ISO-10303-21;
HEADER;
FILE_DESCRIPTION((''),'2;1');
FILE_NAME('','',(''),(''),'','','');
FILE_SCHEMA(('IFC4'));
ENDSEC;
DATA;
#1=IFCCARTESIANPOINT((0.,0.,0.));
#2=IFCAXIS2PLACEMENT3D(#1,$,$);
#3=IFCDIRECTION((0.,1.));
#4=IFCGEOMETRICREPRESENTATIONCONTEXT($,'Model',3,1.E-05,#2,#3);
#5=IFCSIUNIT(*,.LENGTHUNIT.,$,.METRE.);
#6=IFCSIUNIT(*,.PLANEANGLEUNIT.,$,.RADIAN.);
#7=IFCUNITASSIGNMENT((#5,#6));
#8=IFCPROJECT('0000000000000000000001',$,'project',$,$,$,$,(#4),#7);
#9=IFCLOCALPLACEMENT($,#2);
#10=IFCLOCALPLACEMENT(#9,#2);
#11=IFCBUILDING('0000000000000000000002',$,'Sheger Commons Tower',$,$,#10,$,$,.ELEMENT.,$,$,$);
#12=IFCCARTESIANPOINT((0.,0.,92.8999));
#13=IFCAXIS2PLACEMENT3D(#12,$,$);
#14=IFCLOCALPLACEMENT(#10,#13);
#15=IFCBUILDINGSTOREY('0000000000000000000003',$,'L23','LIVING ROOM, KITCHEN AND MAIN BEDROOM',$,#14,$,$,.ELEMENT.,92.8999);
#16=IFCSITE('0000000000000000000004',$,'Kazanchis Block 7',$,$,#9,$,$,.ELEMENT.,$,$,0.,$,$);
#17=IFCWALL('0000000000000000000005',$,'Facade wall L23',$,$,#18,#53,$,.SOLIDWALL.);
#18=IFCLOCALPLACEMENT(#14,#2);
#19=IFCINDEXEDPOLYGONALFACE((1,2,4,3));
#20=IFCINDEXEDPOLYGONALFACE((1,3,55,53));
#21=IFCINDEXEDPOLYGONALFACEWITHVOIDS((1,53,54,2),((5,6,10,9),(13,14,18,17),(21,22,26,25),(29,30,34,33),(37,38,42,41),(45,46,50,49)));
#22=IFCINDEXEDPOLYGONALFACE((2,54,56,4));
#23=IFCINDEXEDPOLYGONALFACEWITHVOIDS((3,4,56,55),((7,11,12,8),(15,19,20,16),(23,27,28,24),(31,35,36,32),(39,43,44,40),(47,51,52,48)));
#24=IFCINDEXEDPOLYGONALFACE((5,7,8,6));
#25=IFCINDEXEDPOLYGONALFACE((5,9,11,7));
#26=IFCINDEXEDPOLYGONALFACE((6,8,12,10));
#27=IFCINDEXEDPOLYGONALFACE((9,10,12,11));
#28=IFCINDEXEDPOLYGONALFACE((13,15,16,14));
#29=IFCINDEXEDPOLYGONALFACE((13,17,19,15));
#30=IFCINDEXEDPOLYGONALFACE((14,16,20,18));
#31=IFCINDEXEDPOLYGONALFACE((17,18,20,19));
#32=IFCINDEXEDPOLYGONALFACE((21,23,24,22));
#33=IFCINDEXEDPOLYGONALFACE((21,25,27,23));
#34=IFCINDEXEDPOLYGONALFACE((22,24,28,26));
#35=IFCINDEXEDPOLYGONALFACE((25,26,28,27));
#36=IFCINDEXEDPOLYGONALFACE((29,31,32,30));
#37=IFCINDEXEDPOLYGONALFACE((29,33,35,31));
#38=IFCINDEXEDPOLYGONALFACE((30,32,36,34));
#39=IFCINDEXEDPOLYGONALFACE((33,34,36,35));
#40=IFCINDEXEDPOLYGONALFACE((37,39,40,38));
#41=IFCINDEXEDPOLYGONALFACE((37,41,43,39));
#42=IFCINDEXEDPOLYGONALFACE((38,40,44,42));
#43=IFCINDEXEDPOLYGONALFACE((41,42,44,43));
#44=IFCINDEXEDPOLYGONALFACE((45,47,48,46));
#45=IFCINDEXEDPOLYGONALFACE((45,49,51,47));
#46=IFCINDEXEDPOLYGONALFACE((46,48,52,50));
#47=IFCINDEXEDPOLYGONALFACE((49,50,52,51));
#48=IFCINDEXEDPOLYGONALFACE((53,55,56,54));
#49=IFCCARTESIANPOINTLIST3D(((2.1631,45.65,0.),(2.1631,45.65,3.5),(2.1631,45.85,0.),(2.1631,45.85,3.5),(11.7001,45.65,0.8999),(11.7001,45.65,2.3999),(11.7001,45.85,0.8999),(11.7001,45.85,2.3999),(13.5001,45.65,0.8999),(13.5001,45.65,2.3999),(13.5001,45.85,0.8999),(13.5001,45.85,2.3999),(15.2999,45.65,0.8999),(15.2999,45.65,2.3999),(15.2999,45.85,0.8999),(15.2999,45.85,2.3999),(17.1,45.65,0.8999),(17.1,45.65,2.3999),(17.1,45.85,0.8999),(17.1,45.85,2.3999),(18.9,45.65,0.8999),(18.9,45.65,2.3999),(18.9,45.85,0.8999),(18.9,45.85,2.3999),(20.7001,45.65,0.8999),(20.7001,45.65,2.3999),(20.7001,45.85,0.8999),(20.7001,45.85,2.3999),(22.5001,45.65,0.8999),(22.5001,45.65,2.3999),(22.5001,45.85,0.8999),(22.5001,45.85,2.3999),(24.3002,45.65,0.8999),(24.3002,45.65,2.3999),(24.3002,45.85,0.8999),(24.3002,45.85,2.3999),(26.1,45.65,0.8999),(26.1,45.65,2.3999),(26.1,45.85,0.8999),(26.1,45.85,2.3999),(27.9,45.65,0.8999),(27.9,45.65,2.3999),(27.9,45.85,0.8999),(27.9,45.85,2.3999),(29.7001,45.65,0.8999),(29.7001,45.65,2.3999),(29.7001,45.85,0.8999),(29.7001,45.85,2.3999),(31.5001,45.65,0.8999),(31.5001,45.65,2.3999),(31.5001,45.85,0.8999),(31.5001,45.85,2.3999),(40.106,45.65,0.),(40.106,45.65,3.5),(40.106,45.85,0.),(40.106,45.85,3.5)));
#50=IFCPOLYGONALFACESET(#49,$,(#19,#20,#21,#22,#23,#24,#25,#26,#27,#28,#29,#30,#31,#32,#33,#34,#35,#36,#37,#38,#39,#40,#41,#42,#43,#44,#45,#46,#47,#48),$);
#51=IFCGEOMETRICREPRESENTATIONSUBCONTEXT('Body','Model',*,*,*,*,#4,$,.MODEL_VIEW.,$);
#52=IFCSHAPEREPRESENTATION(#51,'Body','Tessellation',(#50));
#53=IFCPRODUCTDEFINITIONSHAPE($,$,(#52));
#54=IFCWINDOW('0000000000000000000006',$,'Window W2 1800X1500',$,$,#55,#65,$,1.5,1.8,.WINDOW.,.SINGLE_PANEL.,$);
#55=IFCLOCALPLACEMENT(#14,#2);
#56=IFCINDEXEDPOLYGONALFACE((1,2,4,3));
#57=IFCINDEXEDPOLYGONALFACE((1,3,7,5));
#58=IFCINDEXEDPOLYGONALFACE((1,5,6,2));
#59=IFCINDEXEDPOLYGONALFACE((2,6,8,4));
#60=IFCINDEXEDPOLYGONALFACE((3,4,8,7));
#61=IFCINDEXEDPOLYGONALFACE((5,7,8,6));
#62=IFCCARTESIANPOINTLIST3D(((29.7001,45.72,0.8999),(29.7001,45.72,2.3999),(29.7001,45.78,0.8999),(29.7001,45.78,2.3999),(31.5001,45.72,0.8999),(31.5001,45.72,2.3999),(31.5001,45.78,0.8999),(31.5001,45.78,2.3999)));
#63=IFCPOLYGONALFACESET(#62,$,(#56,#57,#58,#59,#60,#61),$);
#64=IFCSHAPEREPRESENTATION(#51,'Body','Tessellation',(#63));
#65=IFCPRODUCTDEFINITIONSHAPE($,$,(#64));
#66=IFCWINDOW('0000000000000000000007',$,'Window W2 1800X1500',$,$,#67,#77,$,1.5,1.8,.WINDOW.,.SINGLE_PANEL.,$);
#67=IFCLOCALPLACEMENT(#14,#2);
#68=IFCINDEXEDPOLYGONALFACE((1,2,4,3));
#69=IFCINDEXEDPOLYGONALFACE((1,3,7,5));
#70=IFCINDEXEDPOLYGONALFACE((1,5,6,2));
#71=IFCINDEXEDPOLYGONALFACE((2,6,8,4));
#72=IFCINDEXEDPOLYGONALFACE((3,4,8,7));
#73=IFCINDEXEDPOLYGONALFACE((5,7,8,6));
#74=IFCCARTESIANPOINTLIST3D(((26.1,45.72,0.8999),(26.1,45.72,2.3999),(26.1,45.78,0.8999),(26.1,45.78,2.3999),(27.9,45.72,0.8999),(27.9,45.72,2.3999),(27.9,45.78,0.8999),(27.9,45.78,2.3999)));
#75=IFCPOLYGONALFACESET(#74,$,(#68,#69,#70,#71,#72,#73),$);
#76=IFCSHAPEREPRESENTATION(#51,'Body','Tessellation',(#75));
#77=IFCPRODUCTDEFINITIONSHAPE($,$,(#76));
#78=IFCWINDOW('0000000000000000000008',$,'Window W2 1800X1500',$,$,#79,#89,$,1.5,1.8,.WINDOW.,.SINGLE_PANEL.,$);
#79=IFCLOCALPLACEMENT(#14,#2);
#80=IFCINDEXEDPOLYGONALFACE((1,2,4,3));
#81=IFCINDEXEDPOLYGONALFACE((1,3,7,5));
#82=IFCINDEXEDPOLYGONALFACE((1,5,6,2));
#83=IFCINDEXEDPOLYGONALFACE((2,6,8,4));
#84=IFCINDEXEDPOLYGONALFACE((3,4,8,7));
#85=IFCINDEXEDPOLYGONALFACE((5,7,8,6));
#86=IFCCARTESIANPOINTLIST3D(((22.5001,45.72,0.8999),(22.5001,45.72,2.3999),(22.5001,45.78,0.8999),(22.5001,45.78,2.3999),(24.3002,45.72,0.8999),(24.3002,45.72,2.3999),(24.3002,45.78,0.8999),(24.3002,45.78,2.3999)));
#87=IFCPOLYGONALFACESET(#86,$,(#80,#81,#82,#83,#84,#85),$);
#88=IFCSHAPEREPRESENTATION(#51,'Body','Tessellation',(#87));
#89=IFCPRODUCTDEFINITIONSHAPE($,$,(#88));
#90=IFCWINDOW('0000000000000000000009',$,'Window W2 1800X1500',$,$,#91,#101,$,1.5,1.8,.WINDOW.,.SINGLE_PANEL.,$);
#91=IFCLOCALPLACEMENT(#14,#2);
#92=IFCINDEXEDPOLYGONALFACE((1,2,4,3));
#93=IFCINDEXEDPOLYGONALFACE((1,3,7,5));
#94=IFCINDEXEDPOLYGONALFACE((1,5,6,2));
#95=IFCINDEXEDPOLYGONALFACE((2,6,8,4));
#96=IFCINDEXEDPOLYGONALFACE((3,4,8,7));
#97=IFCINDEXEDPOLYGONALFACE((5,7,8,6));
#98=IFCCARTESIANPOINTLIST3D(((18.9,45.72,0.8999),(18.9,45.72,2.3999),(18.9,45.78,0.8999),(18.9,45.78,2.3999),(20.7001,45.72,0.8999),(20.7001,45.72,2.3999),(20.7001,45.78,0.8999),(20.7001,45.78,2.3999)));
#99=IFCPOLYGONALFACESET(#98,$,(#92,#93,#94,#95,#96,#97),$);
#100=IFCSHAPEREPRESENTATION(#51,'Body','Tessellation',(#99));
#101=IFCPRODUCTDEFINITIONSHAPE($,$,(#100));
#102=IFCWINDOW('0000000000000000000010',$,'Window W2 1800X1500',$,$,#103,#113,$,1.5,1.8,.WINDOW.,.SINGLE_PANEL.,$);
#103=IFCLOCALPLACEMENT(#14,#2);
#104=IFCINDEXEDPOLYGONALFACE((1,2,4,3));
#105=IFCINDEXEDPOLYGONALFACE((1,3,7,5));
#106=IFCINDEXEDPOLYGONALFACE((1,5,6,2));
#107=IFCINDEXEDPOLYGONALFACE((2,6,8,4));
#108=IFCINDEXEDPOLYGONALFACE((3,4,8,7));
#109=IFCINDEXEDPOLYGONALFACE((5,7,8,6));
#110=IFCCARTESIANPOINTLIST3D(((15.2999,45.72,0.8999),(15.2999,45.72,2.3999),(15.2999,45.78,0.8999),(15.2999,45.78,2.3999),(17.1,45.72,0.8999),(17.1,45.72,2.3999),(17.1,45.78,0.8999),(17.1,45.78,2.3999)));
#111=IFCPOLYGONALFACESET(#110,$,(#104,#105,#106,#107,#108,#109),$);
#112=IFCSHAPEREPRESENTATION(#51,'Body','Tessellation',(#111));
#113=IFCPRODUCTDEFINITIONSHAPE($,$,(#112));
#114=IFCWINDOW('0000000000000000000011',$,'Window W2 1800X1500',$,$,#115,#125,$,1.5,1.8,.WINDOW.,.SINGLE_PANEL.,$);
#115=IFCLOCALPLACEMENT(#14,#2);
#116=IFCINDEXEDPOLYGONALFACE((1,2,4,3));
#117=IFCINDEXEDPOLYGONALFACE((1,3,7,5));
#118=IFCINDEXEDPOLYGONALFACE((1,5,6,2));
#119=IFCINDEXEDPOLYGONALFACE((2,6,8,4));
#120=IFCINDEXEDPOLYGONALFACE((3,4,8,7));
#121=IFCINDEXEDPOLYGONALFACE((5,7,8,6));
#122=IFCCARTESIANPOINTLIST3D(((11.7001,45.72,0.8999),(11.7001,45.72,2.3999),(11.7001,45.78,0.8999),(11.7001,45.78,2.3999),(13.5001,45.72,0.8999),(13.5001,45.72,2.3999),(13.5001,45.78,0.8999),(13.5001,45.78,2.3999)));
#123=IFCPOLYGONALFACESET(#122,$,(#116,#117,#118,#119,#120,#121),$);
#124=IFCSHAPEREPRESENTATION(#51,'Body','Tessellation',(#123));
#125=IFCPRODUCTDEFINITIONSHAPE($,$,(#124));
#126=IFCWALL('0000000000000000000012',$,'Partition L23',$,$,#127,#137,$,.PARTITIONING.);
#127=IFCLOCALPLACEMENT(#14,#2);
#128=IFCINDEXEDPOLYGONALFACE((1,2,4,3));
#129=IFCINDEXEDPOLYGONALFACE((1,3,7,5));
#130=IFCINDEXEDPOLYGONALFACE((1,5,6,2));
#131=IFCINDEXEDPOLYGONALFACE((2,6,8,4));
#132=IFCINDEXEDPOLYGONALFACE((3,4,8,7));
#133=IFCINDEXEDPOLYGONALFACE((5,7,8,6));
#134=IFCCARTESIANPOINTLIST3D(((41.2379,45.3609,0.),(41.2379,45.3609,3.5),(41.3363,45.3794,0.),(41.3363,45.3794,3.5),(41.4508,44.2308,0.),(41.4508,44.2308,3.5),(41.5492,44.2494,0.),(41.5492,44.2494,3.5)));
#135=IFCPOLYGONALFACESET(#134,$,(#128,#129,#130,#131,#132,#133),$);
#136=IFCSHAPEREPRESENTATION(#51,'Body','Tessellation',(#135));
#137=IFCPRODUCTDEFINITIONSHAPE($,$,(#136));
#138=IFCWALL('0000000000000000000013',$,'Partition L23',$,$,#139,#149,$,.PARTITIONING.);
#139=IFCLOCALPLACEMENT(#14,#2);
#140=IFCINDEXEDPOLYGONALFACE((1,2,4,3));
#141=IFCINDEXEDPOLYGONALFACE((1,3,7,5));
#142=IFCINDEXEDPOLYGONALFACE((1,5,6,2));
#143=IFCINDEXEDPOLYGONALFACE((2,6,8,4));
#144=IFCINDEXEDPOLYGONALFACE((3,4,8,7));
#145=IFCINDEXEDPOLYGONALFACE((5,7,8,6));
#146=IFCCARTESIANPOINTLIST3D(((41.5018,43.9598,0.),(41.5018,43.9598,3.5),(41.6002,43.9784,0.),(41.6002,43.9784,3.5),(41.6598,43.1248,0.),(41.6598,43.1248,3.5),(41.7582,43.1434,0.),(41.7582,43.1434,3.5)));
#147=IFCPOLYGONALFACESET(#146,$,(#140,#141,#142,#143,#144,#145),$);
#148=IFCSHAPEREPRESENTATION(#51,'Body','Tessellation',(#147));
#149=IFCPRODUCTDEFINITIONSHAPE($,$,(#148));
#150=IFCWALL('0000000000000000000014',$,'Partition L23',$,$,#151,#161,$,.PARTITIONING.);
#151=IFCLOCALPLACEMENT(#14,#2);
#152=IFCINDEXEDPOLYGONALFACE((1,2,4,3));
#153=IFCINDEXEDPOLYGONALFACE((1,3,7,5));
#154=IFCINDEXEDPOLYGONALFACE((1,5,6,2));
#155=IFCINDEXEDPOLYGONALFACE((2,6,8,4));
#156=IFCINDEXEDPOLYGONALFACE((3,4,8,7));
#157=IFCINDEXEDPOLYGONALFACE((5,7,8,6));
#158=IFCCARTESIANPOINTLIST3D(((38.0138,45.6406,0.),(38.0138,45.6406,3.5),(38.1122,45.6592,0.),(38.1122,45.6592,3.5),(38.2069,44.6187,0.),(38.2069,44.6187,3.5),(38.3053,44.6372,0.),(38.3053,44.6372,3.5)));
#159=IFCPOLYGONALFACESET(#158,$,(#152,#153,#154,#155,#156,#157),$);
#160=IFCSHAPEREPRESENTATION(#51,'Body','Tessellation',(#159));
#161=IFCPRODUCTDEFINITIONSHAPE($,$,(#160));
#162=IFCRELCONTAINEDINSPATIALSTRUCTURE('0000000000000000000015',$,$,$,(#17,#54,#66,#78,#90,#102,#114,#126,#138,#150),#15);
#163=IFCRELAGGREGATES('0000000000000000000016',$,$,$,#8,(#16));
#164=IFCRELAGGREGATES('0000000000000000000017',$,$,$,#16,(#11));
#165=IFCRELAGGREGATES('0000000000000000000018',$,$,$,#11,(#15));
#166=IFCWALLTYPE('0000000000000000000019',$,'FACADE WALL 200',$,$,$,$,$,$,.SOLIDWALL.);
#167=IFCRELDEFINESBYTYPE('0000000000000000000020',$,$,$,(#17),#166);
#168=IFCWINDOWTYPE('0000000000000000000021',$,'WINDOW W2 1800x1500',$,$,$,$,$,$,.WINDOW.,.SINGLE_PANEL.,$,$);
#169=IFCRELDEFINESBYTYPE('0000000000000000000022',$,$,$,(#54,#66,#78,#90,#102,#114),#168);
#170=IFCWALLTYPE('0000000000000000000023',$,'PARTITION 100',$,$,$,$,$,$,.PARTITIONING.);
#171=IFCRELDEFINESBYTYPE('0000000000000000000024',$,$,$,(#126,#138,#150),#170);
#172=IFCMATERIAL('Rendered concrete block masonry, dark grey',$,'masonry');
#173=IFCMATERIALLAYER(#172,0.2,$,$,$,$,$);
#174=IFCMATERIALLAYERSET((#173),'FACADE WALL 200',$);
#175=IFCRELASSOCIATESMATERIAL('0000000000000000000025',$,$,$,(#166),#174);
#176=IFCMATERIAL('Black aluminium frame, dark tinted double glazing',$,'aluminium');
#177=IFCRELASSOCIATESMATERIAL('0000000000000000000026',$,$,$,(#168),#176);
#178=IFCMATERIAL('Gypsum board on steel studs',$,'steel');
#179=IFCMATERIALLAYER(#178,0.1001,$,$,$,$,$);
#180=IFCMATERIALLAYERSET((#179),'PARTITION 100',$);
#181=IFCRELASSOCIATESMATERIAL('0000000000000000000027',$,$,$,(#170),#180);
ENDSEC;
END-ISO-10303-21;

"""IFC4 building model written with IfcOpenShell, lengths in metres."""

from ifc_helpers import new_model, si_unit, direction, frame, frame_2d, origin, place, context, subcontext, project, spatial, rectangle, extrude, material, layer, layer_set, type_object, element, fill, save


model = new_model("IFC4")

# Units and contexts
model_context = context("Model", 3, precision=1e-05, world=origin(), true_north=direction((0.0, 1.0)))
body_context = subcontext(model_context, "Body", "Model", "MODEL_VIEW")
ifc_project = project(units=[si_unit("LENGTHUNIT", "METRE"), si_unit("PLANEANGLEUNIT", "RADIAN")], contexts=[model_context])

# Site, building, storey
site_placement = place(None, origin())
site = spatial("IfcSite", under=ifc_project, at=site_placement, Name="Kazanchis Block 7", CompositionType="ELEMENT", RefElevation=0.0)
building_placement = place(site_placement, origin())
building = spatial("IfcBuilding", under=site, at=building_placement, Name="Sheger Commons Tower", CompositionType="ELEMENT")
storey_placement = place(building_placement, frame((0.0, 0.0, 92.8999)))
storey = spatial("IfcBuildingStorey", under=building, at=storey_placement, Name="L23", Description="LIVING ROOM, KITCHEN AND MAIN BEDROOM", CompositionType="ELEMENT", Elevation=92.8999)

# Shared definitions
ifc_material_1 = material(Name="Rendered concrete block masonry, dark grey", Category="masonry")
ifc_layer_1 = layer(ifc_material_1, 0.2)
ifc_layer_set_1 = layer_set([ifc_layer_1], Name="FACADE WALL 200")
wall_type_1 = type_object("IfcWallType", Name="FACADE WALL 200", PredefinedType="SOLIDWALL", material=ifc_layer_set_1)

# Wall, openings, windows
wall_1_placement = place(storey_placement, frame((40.106, 45.75, 0.0), z_axis=(0.0, 0.0, 1.0), x_axis=(-1.0, 0.0, 0.0)))
wall_1 = element("IfcWall", 1, at=wall_1_placement, inside=storey, type_object=wall_type_1, Name="Facade wall L23", PredefinedType="SOLIDWALL", context=body_context, shape_type="SweptSolid", body=[
    extrude(rectangle(XDim=37.9429, YDim=0.2, at=frame_2d((18.9714, 0.0))), origin(), (0.0, 0.0, 1.0), 3.5),
])
opening_1_placement = place(wall_1_placement, frame((8.606, 0.0, 0.8999)))
opening_1 = element("IfcOpeningElement", 2, at=opening_1_placement, cuts=wall_1, PredefinedType="OPENING", context=body_context, shape_type="SweptSolid", body=[
    extrude(rectangle(XDim=1.8, YDim=1.5, at=frame_2d((0.8999, 0.75))), frame((0.0, 0.1099, 0.0), z_axis=(0.0, -1.0, 0.0), x_axis=(1.0, 0.0, 0.0)), (0.0, 0.0, 1.0), 0.22),
])
opening_2_placement = place(wall_1_placement, frame((12.2061, 0.0, 0.8999)))
opening_2 = element("IfcOpeningElement", 3, at=opening_2_placement, cuts=wall_1, PredefinedType="OPENING", context=body_context, shape_type="SweptSolid", body=[
    extrude(rectangle(XDim=1.8, YDim=1.5, at=frame_2d((0.8999, 0.75))), frame((0.0, 0.1099, 0.0), z_axis=(0.0, -1.0, 0.0), x_axis=(1.0, 0.0, 0.0)), (0.0, 0.0, 1.0), 0.22),
])
opening_3_placement = place(wall_1_placement, frame((15.8059, 0.0, 0.8999)))
opening_3 = element("IfcOpeningElement", 4, at=opening_3_placement, cuts=wall_1, PredefinedType="OPENING", context=body_context, shape_type="SweptSolid", body=[
    extrude(rectangle(XDim=1.8, YDim=1.5, at=frame_2d((0.8999, 0.75))), frame((0.0, 0.1099, 0.0), z_axis=(0.0, -1.0, 0.0), x_axis=(1.0, 0.0, 0.0)), (0.0, 0.0, 1.0), 0.22),
])
opening_4_placement = place(wall_1_placement, frame((19.406, 0.0, 0.8999)))
opening_4 = element("IfcOpeningElement", 5, at=opening_4_placement, cuts=wall_1, PredefinedType="OPENING", context=body_context, shape_type="SweptSolid", body=[
    extrude(rectangle(XDim=1.8, YDim=1.5, at=frame_2d((0.8999, 0.75))), frame((0.0, 0.1099, 0.0), z_axis=(0.0, -1.0, 0.0), x_axis=(1.0, 0.0, 0.0)), (0.0, 0.0, 1.0), 0.22),
])
opening_5_placement = place(wall_1_placement, frame((23.0061, 0.0, 0.8999)))
opening_5 = element("IfcOpeningElement", 6, at=opening_5_placement, cuts=wall_1, PredefinedType="OPENING", context=body_context, shape_type="SweptSolid", body=[
    extrude(rectangle(XDim=1.8, YDim=1.5, at=frame_2d((0.8999, 0.75))), frame((0.0, 0.1099, 0.0), z_axis=(0.0, -1.0, 0.0), x_axis=(1.0, 0.0, 0.0)), (0.0, 0.0, 1.0), 0.22),
])
opening_6_placement = place(wall_1_placement, frame((26.606, 0.0, 0.8999)))
opening_6 = element("IfcOpeningElement", 7, at=opening_6_placement, cuts=wall_1, PredefinedType="OPENING", context=body_context, shape_type="SweptSolid", body=[
    extrude(rectangle(XDim=1.8, YDim=1.5, at=frame_2d((0.8999, 0.75))), frame((0.0, 0.1099, 0.0), z_axis=(0.0, -1.0, 0.0), x_axis=(1.0, 0.0, 0.0)), (0.0, 0.0, 1.0), 0.22),
])
ifc_material_2 = material(Name="Black aluminium frame, dark tinted double glazing", Category="aluminium")
window_type = type_object("IfcWindowType", Name="WINDOW W2 1800x1500", PartitioningType="SINGLE_PANEL", PredefinedType="WINDOW", material=ifc_material_2)
window_1_placement = place(opening_1_placement, origin())
window_1 = element("IfcWindow", 8, at=window_1_placement, inside=storey, type_object=window_type, Name="Window W2 1800X1500", OverallHeight=1.5, OverallWidth=1.8, PartitioningType="SINGLE_PANEL", PredefinedType="WINDOW", context=body_context, shape_type="SweptSolid", body=[
    extrude(rectangle(XDim=1.8, YDim=1.5, at=frame_2d((0.8999, 0.75))), frame((0.0, 0.03, 0.0), z_axis=(0.0, -1.0, 0.0), x_axis=(1.0, 0.0, 0.0)), (0.0, 0.0, 1.0), 0.0601),
])
fill(opening_1, window_1)
window_2_placement = place(opening_2_placement, origin())
window_2 = element("IfcWindow", 9, at=window_2_placement, inside=storey, type_object=window_type, Name="Window W2 1800X1500", OverallHeight=1.5, OverallWidth=1.8, PartitioningType="SINGLE_PANEL", PredefinedType="WINDOW", context=body_context, shape_type="SweptSolid", body=[
    extrude(rectangle(XDim=1.8, YDim=1.5, at=frame_2d((0.8999, 0.75))), frame((0.0, 0.03, 0.0), z_axis=(0.0, -1.0, 0.0), x_axis=(1.0, 0.0, 0.0)), (0.0, 0.0, 1.0), 0.0601),
])
fill(opening_2, window_2)
window_3_placement = place(opening_3_placement, origin())
window_3 = element("IfcWindow", 10, at=window_3_placement, inside=storey, type_object=window_type, Name="Window W2 1800X1500", OverallHeight=1.5, OverallWidth=1.8, PartitioningType="SINGLE_PANEL", PredefinedType="WINDOW", context=body_context, shape_type="SweptSolid", body=[
    extrude(rectangle(XDim=1.8, YDim=1.5, at=frame_2d((0.8999, 0.75))), frame((0.0, 0.03, 0.0), z_axis=(0.0, -1.0, 0.0), x_axis=(1.0, 0.0, 0.0)), (0.0, 0.0, 1.0), 0.0601),
])
fill(opening_3, window_3)
window_4_placement = place(opening_4_placement, origin())
window_4 = element("IfcWindow", 11, at=window_4_placement, inside=storey, type_object=window_type, Name="Window W2 1800X1500", OverallHeight=1.5, OverallWidth=1.8, PartitioningType="SINGLE_PANEL", PredefinedType="WINDOW", context=body_context, shape_type="SweptSolid", body=[
    extrude(rectangle(XDim=1.8, YDim=1.5, at=frame_2d((0.8999, 0.75))), frame((0.0, 0.03, 0.0), z_axis=(0.0, -1.0, 0.0), x_axis=(1.0, 0.0, 0.0)), (0.0, 0.0, 1.0), 0.0601),
])
fill(opening_4, window_4)
window_5_placement = place(opening_5_placement, origin())
window_5 = element("IfcWindow", 12, at=window_5_placement, inside=storey, type_object=window_type, Name="Window W2 1800X1500", OverallHeight=1.5, OverallWidth=1.8, PartitioningType="SINGLE_PANEL", PredefinedType="WINDOW", context=body_context, shape_type="SweptSolid", body=[
    extrude(rectangle(XDim=1.8, YDim=1.5, at=frame_2d((0.8999, 0.75))), frame((0.0, 0.03, 0.0), z_axis=(0.0, -1.0, 0.0), x_axis=(1.0, 0.0, 0.0)), (0.0, 0.0, 1.0), 0.0601),
])
fill(opening_5, window_5)
window_6_placement = place(opening_6_placement, origin())
window_6 = element("IfcWindow", 13, at=window_6_placement, inside=storey, type_object=window_type, Name="Window W2 1800X1500", OverallHeight=1.5, OverallWidth=1.8, PartitioningType="SINGLE_PANEL", PredefinedType="WINDOW", context=body_context, shape_type="SweptSolid", body=[
    extrude(rectangle(XDim=1.8, YDim=1.5, at=frame_2d((0.8999, 0.75))), frame((0.0, 0.03, 0.0), z_axis=(0.0, -1.0, 0.0), x_axis=(1.0, 0.0, 0.0)), (0.0, 0.0, 1.0), 0.0601),
])
fill(opening_6, window_6)

# Walls
ifc_material_3 = material(Name="Gypsum board on steel studs", Category="steel")
ifc_layer_2 = layer(ifc_material_3, 0.1001)
ifc_layer_set_2 = layer_set([ifc_layer_2], Name="PARTITION 100")
wall_type_2 = type_object("IfcWallType", Name="PARTITION 100", PredefinedType="PARTITIONING", material=ifc_layer_set_2)
wall_2_placement = place(storey_placement, frame((41.2871, 45.3701, 0.0), z_axis=(0.0, 0.0, 1.0), x_axis=(0.185122, -0.982716, 0.0)))
element("IfcWall", 14, at=wall_2_placement, inside=storey, type_object=wall_type_2, Name="Partition L23", PredefinedType="PARTITIONING", context=body_context, shape_type="SweptSolid", body=[
    extrude(rectangle(XDim=1.1499, YDim=0.1001, at=frame_2d((0.575, 0.0))), origin(), (0.0, 0.0, 1.0), 3.5),
])
wall_3_placement = place(storey_placement, frame((41.551, 43.969, 0.0), z_axis=(0.0, 0.0, 1.0), x_axis=(0.185884, -0.982572, 0.0)))
element("IfcWall", 15, at=wall_3_placement, inside=storey, type_object=wall_type_2, Name="Partition L23", PredefinedType="PARTITIONING", context=body_context, shape_type="SweptSolid", body=[
    extrude(rectangle(XDim=0.8499, YDim=0.1001, at=frame_2d((0.4248, 0.0))), origin(), (0.0, 0.0, 1.0), 3.5),
])
wall_4_placement = place(storey_placement, frame((38.063, 45.6499, 0.0), z_axis=(0.0, 0.0, 1.0), x_axis=(0.185677, -0.982611, 0.0)))
element("IfcWall", 16, at=wall_4_placement, inside=storey, type_object=wall_type_2, Name="Partition L23", PredefinedType="PARTITIONING", context=body_context, shape_type="SweptSolid", body=[
    extrude(rectangle(XDim=1.04, YDim=0.1001, at=frame_2d((0.52, 0.0))), origin(), (0.0, 0.0, 1.0), 3.5),
])

save(model, "model.ifc")
